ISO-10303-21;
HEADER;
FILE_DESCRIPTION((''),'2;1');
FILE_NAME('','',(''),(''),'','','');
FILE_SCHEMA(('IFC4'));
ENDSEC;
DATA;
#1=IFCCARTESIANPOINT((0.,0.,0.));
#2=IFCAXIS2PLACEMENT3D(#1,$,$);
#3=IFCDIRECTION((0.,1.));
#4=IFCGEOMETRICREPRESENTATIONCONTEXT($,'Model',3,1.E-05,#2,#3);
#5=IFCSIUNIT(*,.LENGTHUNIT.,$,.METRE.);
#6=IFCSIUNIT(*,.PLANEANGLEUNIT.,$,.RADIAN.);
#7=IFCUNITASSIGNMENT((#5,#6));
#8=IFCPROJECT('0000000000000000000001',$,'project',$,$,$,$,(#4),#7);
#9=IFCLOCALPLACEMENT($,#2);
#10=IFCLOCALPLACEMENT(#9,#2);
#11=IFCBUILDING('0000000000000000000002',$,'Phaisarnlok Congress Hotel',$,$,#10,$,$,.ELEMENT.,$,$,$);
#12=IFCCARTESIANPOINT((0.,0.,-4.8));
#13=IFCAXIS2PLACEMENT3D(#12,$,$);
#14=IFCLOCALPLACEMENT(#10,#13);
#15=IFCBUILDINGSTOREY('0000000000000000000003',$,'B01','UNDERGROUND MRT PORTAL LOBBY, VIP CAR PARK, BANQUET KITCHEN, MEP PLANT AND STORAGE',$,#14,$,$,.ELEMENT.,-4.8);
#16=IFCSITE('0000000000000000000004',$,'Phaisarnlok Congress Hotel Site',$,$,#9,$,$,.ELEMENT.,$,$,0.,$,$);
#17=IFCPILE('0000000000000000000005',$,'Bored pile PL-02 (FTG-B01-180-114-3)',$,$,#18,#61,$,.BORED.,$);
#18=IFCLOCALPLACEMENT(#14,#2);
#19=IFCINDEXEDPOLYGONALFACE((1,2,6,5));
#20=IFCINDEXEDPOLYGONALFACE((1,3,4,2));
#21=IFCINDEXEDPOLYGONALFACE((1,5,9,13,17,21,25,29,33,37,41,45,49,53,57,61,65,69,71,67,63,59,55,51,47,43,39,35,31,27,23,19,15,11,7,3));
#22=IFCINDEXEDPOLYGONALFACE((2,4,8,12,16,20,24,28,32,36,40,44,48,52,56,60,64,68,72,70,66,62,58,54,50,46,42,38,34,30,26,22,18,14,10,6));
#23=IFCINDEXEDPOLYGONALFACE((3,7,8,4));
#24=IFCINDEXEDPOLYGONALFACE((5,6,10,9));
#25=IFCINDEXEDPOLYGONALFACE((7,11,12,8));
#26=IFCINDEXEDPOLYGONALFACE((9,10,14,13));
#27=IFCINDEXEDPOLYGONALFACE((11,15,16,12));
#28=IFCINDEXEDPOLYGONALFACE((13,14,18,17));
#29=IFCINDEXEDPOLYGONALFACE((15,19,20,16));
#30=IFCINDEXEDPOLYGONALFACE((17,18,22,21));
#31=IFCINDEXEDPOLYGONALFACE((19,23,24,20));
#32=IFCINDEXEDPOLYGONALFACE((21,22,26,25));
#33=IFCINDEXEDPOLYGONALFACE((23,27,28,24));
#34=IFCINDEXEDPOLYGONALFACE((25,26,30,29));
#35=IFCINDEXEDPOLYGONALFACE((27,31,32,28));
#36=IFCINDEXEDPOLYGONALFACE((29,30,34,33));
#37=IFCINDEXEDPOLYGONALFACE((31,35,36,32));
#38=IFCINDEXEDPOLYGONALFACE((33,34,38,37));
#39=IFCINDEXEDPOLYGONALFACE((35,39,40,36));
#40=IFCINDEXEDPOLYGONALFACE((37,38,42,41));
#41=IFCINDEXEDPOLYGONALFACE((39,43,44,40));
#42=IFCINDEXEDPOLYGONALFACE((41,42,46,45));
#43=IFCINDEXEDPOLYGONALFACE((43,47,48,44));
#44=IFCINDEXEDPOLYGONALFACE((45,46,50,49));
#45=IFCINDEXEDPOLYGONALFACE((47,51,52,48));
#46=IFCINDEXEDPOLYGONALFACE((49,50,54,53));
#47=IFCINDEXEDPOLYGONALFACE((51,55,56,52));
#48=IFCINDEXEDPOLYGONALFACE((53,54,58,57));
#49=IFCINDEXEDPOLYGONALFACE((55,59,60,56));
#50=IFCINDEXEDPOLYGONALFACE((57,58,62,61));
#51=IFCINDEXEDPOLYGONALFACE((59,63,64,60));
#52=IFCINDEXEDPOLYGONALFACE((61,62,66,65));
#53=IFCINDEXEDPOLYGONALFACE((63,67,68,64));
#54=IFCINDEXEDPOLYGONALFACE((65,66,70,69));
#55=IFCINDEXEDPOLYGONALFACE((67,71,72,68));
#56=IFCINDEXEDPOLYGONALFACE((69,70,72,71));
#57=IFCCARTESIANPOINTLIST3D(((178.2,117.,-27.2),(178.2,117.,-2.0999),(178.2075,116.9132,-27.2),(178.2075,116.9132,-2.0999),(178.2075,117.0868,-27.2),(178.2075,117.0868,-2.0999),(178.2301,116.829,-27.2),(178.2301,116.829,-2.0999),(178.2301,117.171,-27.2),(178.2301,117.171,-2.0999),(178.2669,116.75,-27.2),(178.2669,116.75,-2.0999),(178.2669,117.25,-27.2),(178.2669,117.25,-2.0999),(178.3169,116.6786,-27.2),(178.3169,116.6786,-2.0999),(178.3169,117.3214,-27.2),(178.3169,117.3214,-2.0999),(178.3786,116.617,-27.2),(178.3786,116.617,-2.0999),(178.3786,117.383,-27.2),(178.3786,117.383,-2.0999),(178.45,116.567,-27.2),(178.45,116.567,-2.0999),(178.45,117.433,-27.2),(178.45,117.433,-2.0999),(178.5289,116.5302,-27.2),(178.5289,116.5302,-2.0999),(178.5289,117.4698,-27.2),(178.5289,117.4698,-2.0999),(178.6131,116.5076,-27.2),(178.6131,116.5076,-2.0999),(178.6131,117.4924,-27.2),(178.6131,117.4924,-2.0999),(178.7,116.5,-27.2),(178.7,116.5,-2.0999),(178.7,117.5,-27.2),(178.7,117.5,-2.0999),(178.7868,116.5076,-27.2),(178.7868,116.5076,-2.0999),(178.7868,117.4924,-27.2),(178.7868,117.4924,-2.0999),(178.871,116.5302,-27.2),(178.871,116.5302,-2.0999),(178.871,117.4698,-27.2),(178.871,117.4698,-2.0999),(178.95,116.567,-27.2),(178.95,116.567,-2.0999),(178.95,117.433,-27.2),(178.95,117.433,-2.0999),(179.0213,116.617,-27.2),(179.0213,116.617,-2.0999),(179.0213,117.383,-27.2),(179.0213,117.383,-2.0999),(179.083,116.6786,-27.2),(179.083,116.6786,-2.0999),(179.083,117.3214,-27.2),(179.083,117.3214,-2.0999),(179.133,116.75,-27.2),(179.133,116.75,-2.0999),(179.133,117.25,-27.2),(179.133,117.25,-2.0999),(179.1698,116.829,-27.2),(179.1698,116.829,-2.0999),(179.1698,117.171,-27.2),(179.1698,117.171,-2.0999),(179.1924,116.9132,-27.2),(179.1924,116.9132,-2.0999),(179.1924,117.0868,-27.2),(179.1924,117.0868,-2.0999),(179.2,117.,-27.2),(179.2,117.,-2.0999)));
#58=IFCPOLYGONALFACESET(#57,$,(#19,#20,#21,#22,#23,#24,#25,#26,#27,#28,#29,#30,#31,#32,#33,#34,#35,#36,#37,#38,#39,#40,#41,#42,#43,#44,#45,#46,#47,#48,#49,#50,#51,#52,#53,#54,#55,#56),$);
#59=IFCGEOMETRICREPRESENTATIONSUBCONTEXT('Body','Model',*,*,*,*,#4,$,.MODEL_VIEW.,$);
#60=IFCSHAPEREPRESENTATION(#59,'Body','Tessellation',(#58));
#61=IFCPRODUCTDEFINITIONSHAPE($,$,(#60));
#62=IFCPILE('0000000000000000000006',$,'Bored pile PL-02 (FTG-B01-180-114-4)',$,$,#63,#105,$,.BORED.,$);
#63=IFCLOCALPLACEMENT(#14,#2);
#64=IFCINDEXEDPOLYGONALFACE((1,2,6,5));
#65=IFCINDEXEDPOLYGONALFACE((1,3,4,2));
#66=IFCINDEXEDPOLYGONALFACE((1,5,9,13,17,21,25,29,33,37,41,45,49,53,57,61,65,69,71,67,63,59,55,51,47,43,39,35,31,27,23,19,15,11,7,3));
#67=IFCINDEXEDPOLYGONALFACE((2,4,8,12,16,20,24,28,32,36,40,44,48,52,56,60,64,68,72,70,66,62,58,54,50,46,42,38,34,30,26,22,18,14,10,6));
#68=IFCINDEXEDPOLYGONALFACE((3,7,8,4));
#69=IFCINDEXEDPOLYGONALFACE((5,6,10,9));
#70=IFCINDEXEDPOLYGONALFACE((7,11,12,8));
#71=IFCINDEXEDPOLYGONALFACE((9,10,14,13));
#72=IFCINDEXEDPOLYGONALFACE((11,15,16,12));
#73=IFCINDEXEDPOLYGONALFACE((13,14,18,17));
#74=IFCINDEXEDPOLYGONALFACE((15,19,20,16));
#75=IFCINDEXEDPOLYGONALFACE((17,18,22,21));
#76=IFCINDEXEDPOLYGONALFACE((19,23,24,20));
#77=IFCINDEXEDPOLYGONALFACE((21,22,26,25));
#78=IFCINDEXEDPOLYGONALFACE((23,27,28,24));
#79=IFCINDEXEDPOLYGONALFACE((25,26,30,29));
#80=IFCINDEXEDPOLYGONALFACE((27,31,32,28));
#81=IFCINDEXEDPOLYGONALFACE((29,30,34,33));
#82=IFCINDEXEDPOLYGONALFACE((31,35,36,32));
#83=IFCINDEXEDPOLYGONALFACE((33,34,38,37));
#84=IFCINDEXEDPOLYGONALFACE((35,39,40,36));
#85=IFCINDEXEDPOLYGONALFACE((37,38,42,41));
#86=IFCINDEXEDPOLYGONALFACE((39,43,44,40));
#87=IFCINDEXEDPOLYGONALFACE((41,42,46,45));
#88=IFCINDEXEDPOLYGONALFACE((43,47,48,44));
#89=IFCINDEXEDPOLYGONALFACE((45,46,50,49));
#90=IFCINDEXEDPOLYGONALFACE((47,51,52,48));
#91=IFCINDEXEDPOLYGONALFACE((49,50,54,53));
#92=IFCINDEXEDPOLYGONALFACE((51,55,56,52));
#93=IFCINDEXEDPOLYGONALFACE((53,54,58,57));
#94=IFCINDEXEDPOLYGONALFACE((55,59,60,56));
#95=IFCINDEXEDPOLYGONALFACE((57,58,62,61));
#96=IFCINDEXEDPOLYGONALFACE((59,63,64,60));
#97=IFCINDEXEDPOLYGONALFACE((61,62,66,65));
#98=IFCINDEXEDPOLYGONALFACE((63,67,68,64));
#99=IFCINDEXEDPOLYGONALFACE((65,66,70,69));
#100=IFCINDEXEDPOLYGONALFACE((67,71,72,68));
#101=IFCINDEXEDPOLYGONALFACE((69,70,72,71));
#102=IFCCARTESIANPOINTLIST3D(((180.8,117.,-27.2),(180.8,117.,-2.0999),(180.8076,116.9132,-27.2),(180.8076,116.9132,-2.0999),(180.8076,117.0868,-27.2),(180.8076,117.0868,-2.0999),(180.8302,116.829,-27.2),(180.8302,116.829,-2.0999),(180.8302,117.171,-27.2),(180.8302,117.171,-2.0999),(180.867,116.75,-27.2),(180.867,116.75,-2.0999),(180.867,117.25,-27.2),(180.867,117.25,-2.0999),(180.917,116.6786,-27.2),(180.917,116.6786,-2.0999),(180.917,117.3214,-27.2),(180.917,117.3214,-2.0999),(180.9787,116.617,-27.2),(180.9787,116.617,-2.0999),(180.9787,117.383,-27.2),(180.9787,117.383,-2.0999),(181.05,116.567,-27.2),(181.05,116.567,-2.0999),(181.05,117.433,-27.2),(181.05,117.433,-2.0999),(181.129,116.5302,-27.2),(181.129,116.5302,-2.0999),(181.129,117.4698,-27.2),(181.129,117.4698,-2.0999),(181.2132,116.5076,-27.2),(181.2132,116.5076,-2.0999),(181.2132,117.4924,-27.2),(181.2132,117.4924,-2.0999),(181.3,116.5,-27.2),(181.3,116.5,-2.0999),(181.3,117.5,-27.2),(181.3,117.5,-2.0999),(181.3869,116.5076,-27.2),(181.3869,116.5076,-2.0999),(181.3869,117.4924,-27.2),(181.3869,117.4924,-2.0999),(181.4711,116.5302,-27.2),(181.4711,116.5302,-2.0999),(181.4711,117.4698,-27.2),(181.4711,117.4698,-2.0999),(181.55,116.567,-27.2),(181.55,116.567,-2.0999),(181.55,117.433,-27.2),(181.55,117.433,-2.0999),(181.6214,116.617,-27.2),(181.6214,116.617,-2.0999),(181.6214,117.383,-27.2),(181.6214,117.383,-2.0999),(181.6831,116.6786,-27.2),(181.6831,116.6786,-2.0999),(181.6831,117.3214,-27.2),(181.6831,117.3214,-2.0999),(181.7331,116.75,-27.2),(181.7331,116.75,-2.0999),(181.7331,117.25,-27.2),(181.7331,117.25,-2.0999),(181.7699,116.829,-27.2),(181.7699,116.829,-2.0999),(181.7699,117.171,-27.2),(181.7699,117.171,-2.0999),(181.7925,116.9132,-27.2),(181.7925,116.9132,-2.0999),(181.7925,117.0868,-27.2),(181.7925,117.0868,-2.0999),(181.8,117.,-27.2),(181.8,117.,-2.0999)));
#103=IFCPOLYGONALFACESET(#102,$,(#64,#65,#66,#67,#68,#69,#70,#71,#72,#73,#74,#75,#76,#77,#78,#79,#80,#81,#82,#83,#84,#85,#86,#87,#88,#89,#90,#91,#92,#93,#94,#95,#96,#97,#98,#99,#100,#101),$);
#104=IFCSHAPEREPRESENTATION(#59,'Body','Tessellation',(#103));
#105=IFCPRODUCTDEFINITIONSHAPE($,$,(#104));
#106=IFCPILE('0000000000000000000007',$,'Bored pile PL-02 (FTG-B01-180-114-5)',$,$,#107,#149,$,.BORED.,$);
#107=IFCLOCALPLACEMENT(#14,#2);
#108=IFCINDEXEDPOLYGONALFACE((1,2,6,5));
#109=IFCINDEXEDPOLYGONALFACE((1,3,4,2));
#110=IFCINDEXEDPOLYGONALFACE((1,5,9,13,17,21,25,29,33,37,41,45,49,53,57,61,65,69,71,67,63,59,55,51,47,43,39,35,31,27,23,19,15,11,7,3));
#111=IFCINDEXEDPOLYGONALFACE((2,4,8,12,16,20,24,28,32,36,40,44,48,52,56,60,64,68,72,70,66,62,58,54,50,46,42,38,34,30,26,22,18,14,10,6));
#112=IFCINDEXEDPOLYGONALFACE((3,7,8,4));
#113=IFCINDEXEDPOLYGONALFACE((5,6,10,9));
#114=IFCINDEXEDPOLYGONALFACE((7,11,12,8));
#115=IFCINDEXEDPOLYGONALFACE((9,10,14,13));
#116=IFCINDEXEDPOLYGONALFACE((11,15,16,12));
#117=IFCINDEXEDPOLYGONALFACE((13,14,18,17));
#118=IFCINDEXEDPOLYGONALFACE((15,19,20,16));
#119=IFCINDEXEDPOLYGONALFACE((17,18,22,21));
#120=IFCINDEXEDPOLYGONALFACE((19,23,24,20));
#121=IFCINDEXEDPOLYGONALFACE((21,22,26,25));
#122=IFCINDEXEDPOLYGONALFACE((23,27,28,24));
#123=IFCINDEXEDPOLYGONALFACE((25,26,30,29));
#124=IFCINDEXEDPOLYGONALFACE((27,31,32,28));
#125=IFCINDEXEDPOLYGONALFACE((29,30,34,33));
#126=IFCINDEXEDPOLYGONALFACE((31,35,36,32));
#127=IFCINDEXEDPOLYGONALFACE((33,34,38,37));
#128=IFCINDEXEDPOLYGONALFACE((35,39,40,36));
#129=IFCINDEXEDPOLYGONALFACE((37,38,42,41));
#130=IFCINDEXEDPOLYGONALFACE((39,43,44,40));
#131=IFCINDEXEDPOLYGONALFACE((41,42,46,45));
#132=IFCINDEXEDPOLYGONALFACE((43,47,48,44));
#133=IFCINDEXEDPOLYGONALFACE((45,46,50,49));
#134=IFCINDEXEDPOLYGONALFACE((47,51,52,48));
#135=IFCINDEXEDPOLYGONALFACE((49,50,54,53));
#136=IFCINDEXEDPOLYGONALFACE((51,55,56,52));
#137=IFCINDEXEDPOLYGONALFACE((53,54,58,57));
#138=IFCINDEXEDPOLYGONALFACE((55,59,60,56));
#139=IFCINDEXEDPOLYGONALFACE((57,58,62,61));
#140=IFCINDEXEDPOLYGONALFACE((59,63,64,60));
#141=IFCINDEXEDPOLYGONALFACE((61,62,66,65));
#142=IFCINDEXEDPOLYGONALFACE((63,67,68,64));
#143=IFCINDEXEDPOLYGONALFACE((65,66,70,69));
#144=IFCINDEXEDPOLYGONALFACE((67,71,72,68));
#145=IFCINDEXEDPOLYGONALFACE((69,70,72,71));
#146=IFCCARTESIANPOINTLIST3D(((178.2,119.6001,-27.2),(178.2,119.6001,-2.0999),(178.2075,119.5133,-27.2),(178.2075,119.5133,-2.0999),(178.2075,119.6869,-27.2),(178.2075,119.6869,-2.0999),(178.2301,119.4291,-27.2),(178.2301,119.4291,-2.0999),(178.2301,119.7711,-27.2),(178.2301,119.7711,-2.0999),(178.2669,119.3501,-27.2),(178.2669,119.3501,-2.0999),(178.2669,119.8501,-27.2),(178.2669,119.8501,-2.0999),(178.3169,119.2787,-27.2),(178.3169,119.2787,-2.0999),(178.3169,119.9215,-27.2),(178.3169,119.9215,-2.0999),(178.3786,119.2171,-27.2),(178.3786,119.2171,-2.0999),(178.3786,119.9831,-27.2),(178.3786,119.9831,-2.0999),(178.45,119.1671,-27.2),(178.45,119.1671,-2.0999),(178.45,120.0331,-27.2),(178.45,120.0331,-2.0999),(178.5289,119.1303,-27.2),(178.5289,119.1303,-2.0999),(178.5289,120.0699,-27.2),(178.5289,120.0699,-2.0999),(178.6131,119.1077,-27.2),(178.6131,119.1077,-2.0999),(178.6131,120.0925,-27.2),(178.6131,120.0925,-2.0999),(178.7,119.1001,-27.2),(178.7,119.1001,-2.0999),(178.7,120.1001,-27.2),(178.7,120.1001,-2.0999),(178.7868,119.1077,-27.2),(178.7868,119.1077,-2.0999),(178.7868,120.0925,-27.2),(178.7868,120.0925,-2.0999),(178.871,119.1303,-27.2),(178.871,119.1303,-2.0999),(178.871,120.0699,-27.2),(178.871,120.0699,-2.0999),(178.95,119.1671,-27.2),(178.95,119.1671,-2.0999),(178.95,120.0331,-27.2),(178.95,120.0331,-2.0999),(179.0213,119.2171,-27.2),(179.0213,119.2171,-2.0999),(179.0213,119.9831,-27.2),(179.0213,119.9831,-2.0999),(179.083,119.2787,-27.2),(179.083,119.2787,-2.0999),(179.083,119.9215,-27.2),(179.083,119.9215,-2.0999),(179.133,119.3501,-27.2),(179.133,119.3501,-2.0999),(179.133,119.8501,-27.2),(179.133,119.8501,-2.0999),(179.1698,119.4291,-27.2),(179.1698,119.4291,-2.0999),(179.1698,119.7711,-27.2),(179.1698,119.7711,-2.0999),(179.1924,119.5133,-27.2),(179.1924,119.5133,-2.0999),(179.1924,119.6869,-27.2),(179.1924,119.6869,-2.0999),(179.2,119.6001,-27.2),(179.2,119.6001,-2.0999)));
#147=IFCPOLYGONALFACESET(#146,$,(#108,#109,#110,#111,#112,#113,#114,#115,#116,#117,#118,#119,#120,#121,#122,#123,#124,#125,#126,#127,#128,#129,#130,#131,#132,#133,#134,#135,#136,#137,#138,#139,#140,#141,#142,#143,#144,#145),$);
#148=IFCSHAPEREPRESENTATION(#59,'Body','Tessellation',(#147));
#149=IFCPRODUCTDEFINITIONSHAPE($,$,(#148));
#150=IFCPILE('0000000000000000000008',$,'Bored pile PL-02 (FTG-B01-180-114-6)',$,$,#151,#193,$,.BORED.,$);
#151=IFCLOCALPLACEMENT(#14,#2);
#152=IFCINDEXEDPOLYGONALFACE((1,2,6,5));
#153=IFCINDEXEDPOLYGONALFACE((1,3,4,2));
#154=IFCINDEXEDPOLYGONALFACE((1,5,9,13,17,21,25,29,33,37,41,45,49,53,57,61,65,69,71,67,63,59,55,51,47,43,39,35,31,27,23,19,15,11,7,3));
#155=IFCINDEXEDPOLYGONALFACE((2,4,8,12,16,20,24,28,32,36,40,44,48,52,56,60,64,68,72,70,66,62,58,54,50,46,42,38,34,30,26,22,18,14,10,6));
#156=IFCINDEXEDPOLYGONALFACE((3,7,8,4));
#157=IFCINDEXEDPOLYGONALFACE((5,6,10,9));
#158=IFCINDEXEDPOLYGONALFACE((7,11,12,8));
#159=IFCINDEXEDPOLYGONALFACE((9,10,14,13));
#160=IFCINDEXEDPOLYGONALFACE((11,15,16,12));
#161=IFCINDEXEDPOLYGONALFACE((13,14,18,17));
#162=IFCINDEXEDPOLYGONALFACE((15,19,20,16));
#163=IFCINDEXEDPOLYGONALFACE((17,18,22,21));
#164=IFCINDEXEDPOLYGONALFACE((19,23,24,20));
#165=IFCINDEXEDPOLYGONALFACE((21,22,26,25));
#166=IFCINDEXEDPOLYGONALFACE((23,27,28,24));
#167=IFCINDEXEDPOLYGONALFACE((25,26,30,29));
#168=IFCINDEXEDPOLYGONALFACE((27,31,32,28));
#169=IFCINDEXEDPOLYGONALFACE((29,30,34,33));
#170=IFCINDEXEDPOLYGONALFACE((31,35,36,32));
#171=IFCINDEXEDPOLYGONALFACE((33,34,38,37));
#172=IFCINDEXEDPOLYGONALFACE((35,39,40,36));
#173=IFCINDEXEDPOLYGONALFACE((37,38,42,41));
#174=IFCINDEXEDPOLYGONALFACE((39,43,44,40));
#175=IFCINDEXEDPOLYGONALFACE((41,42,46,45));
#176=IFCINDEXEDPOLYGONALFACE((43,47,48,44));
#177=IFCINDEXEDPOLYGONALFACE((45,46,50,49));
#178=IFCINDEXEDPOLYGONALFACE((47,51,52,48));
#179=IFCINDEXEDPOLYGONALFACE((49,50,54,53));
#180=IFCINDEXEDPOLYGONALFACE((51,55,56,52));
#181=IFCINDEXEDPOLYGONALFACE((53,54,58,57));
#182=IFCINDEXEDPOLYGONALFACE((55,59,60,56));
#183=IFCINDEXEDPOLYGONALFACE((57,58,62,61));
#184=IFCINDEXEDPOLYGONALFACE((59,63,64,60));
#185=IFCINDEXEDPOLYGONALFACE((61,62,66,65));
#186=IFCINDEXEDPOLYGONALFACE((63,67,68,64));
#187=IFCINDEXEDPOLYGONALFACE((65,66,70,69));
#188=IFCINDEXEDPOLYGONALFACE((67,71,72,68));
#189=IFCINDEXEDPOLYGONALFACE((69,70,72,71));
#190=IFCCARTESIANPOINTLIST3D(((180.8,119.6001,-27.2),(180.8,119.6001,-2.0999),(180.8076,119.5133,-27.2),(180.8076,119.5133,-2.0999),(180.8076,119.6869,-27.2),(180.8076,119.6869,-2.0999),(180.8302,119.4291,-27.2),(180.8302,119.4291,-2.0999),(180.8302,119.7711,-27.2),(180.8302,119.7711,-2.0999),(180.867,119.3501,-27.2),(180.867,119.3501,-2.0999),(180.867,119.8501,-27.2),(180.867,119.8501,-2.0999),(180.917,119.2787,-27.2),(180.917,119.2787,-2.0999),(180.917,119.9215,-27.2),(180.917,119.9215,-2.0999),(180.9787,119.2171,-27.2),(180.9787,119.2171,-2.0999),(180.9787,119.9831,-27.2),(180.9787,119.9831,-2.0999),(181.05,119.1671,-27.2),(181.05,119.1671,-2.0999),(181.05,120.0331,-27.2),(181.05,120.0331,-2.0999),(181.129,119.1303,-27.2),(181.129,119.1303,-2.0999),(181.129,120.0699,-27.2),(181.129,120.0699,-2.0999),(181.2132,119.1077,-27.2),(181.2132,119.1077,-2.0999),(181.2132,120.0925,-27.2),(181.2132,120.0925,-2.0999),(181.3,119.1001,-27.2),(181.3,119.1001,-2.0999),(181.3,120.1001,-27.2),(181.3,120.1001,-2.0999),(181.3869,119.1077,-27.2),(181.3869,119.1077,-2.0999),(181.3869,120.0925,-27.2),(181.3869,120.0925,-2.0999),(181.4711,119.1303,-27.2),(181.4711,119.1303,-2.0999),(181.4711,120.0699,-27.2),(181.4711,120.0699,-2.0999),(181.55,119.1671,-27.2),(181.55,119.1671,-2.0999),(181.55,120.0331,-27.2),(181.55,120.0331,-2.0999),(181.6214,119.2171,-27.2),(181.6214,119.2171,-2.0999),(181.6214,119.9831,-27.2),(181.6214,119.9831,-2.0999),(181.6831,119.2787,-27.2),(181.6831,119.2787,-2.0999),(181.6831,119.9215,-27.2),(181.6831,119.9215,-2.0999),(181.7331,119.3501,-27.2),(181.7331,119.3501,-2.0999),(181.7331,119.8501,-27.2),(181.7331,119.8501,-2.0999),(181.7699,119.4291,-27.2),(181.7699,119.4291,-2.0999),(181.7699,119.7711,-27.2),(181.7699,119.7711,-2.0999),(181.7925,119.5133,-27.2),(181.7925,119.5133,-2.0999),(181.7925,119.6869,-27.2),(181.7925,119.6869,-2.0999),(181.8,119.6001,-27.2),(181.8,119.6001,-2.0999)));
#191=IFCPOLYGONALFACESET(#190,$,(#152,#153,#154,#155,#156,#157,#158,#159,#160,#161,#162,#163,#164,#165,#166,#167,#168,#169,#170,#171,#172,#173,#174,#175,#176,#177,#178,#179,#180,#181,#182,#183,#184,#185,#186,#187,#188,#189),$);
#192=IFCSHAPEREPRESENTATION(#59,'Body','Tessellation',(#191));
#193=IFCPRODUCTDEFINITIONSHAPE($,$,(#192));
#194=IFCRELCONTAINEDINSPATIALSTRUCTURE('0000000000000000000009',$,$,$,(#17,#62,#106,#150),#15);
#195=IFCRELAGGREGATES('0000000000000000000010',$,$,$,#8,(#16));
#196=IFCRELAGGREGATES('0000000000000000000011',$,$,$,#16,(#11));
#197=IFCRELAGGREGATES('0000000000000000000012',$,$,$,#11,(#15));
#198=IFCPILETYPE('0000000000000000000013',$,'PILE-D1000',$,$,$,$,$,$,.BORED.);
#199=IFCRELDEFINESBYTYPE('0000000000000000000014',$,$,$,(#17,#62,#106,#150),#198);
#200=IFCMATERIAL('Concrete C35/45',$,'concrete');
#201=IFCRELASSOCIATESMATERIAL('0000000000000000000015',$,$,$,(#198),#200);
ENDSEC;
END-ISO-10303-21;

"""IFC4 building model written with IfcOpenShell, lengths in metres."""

from ifc_helpers import new_model, si_unit, direction, frame, origin, origin_2d, place, context, subcontext, project, spatial, circle, extrude, material, material_profile, profile_set, type_object, element, save


model = new_model("IFC4")

# Units and contexts
model_context = context("Model", 3, precision=1e-05, world=origin(), true_north=direction((0.0, 1.0)))
body_context = subcontext(model_context, "Body", "Model", "MODEL_VIEW")
ifc_project = project(units=[si_unit("LENGTHUNIT", "METRE"), si_unit("PLANEANGLEUNIT", "RADIAN")], contexts=[model_context])

# Site, building, storey
site_placement = place(None, origin())
site = spatial("IfcSite", under=ifc_project, at=site_placement, Name="Phaisarnlok Congress Hotel Site", CompositionType="ELEMENT", RefElevation=0.0)
building_placement = place(site_placement, origin())
building = spatial("IfcBuilding", under=site, at=building_placement, Name="Phaisarnlok Congress Hotel", CompositionType="ELEMENT")
storey_placement = place(building_placement, frame((0.0, 0.0, -4.8)))
storey = spatial("IfcBuildingStorey", under=building, at=storey_placement, Name="B01", Description="UNDERGROUND MRT PORTAL LOBBY, VIP CAR PARK, BANQUET KITCHEN, MEP PLANT AND STORAGE", CompositionType="ELEMENT", Elevation=-4.8)

# Piles
ifc_material_1 = material(Name="Concrete C35/45", Category="concrete")
ifc_material_profile_1 = material_profile(ifc_material_1, circle(Radius=0.5, at=origin_2d()), Name="BORED PILE D1000")
ifc_profile_set_1 = profile_set([ifc_material_profile_1], Name="Concrete C35/45")
pile_type = type_object("IfcPileType", Name="PILE-D1000", PredefinedType="BORED", material=ifc_profile_set_1)
for number, where, z_axis, x_axis, name in (
    (1, (178.7, 117.0, -2.0999), (0.0, 0.0, -1.0), (1.0, 0.0, 0.0), "Bored pile PL-02 (FTG-B01-180-114-3)"),
    (2, (181.3, 117.0, -2.0999), (0.0, 0.0, -1.0), (1.0, 0.0, 0.0), "Bored pile PL-02 (FTG-B01-180-114-4)"),
    (3, (178.7, 119.6001, -2.0999), (0.0, 0.0, -1.0), (1.0, 0.0, 0.0), "Bored pile PL-02 (FTG-B01-180-114-5)"),
    (4, (181.3, 119.6001, -2.0999), (0.0, 0.0, -1.0), (1.0, 0.0, 0.0), "Bored pile PL-02 (FTG-B01-180-114-6)"),
):
    element("IfcPile", number, at=place(storey_placement, frame(where, z_axis=z_axis, x_axis=x_axis)), inside=storey, type_object=pile_type, Name=name, PredefinedType="BORED", context=body_context, shape_type="SweptSolid", body=[
        extrude(circle(Radius=0.5, at=origin_2d()), origin(), (0.0, 0.0, 1.0), 25.1001),
    ])

save(model, "model.ifc")
